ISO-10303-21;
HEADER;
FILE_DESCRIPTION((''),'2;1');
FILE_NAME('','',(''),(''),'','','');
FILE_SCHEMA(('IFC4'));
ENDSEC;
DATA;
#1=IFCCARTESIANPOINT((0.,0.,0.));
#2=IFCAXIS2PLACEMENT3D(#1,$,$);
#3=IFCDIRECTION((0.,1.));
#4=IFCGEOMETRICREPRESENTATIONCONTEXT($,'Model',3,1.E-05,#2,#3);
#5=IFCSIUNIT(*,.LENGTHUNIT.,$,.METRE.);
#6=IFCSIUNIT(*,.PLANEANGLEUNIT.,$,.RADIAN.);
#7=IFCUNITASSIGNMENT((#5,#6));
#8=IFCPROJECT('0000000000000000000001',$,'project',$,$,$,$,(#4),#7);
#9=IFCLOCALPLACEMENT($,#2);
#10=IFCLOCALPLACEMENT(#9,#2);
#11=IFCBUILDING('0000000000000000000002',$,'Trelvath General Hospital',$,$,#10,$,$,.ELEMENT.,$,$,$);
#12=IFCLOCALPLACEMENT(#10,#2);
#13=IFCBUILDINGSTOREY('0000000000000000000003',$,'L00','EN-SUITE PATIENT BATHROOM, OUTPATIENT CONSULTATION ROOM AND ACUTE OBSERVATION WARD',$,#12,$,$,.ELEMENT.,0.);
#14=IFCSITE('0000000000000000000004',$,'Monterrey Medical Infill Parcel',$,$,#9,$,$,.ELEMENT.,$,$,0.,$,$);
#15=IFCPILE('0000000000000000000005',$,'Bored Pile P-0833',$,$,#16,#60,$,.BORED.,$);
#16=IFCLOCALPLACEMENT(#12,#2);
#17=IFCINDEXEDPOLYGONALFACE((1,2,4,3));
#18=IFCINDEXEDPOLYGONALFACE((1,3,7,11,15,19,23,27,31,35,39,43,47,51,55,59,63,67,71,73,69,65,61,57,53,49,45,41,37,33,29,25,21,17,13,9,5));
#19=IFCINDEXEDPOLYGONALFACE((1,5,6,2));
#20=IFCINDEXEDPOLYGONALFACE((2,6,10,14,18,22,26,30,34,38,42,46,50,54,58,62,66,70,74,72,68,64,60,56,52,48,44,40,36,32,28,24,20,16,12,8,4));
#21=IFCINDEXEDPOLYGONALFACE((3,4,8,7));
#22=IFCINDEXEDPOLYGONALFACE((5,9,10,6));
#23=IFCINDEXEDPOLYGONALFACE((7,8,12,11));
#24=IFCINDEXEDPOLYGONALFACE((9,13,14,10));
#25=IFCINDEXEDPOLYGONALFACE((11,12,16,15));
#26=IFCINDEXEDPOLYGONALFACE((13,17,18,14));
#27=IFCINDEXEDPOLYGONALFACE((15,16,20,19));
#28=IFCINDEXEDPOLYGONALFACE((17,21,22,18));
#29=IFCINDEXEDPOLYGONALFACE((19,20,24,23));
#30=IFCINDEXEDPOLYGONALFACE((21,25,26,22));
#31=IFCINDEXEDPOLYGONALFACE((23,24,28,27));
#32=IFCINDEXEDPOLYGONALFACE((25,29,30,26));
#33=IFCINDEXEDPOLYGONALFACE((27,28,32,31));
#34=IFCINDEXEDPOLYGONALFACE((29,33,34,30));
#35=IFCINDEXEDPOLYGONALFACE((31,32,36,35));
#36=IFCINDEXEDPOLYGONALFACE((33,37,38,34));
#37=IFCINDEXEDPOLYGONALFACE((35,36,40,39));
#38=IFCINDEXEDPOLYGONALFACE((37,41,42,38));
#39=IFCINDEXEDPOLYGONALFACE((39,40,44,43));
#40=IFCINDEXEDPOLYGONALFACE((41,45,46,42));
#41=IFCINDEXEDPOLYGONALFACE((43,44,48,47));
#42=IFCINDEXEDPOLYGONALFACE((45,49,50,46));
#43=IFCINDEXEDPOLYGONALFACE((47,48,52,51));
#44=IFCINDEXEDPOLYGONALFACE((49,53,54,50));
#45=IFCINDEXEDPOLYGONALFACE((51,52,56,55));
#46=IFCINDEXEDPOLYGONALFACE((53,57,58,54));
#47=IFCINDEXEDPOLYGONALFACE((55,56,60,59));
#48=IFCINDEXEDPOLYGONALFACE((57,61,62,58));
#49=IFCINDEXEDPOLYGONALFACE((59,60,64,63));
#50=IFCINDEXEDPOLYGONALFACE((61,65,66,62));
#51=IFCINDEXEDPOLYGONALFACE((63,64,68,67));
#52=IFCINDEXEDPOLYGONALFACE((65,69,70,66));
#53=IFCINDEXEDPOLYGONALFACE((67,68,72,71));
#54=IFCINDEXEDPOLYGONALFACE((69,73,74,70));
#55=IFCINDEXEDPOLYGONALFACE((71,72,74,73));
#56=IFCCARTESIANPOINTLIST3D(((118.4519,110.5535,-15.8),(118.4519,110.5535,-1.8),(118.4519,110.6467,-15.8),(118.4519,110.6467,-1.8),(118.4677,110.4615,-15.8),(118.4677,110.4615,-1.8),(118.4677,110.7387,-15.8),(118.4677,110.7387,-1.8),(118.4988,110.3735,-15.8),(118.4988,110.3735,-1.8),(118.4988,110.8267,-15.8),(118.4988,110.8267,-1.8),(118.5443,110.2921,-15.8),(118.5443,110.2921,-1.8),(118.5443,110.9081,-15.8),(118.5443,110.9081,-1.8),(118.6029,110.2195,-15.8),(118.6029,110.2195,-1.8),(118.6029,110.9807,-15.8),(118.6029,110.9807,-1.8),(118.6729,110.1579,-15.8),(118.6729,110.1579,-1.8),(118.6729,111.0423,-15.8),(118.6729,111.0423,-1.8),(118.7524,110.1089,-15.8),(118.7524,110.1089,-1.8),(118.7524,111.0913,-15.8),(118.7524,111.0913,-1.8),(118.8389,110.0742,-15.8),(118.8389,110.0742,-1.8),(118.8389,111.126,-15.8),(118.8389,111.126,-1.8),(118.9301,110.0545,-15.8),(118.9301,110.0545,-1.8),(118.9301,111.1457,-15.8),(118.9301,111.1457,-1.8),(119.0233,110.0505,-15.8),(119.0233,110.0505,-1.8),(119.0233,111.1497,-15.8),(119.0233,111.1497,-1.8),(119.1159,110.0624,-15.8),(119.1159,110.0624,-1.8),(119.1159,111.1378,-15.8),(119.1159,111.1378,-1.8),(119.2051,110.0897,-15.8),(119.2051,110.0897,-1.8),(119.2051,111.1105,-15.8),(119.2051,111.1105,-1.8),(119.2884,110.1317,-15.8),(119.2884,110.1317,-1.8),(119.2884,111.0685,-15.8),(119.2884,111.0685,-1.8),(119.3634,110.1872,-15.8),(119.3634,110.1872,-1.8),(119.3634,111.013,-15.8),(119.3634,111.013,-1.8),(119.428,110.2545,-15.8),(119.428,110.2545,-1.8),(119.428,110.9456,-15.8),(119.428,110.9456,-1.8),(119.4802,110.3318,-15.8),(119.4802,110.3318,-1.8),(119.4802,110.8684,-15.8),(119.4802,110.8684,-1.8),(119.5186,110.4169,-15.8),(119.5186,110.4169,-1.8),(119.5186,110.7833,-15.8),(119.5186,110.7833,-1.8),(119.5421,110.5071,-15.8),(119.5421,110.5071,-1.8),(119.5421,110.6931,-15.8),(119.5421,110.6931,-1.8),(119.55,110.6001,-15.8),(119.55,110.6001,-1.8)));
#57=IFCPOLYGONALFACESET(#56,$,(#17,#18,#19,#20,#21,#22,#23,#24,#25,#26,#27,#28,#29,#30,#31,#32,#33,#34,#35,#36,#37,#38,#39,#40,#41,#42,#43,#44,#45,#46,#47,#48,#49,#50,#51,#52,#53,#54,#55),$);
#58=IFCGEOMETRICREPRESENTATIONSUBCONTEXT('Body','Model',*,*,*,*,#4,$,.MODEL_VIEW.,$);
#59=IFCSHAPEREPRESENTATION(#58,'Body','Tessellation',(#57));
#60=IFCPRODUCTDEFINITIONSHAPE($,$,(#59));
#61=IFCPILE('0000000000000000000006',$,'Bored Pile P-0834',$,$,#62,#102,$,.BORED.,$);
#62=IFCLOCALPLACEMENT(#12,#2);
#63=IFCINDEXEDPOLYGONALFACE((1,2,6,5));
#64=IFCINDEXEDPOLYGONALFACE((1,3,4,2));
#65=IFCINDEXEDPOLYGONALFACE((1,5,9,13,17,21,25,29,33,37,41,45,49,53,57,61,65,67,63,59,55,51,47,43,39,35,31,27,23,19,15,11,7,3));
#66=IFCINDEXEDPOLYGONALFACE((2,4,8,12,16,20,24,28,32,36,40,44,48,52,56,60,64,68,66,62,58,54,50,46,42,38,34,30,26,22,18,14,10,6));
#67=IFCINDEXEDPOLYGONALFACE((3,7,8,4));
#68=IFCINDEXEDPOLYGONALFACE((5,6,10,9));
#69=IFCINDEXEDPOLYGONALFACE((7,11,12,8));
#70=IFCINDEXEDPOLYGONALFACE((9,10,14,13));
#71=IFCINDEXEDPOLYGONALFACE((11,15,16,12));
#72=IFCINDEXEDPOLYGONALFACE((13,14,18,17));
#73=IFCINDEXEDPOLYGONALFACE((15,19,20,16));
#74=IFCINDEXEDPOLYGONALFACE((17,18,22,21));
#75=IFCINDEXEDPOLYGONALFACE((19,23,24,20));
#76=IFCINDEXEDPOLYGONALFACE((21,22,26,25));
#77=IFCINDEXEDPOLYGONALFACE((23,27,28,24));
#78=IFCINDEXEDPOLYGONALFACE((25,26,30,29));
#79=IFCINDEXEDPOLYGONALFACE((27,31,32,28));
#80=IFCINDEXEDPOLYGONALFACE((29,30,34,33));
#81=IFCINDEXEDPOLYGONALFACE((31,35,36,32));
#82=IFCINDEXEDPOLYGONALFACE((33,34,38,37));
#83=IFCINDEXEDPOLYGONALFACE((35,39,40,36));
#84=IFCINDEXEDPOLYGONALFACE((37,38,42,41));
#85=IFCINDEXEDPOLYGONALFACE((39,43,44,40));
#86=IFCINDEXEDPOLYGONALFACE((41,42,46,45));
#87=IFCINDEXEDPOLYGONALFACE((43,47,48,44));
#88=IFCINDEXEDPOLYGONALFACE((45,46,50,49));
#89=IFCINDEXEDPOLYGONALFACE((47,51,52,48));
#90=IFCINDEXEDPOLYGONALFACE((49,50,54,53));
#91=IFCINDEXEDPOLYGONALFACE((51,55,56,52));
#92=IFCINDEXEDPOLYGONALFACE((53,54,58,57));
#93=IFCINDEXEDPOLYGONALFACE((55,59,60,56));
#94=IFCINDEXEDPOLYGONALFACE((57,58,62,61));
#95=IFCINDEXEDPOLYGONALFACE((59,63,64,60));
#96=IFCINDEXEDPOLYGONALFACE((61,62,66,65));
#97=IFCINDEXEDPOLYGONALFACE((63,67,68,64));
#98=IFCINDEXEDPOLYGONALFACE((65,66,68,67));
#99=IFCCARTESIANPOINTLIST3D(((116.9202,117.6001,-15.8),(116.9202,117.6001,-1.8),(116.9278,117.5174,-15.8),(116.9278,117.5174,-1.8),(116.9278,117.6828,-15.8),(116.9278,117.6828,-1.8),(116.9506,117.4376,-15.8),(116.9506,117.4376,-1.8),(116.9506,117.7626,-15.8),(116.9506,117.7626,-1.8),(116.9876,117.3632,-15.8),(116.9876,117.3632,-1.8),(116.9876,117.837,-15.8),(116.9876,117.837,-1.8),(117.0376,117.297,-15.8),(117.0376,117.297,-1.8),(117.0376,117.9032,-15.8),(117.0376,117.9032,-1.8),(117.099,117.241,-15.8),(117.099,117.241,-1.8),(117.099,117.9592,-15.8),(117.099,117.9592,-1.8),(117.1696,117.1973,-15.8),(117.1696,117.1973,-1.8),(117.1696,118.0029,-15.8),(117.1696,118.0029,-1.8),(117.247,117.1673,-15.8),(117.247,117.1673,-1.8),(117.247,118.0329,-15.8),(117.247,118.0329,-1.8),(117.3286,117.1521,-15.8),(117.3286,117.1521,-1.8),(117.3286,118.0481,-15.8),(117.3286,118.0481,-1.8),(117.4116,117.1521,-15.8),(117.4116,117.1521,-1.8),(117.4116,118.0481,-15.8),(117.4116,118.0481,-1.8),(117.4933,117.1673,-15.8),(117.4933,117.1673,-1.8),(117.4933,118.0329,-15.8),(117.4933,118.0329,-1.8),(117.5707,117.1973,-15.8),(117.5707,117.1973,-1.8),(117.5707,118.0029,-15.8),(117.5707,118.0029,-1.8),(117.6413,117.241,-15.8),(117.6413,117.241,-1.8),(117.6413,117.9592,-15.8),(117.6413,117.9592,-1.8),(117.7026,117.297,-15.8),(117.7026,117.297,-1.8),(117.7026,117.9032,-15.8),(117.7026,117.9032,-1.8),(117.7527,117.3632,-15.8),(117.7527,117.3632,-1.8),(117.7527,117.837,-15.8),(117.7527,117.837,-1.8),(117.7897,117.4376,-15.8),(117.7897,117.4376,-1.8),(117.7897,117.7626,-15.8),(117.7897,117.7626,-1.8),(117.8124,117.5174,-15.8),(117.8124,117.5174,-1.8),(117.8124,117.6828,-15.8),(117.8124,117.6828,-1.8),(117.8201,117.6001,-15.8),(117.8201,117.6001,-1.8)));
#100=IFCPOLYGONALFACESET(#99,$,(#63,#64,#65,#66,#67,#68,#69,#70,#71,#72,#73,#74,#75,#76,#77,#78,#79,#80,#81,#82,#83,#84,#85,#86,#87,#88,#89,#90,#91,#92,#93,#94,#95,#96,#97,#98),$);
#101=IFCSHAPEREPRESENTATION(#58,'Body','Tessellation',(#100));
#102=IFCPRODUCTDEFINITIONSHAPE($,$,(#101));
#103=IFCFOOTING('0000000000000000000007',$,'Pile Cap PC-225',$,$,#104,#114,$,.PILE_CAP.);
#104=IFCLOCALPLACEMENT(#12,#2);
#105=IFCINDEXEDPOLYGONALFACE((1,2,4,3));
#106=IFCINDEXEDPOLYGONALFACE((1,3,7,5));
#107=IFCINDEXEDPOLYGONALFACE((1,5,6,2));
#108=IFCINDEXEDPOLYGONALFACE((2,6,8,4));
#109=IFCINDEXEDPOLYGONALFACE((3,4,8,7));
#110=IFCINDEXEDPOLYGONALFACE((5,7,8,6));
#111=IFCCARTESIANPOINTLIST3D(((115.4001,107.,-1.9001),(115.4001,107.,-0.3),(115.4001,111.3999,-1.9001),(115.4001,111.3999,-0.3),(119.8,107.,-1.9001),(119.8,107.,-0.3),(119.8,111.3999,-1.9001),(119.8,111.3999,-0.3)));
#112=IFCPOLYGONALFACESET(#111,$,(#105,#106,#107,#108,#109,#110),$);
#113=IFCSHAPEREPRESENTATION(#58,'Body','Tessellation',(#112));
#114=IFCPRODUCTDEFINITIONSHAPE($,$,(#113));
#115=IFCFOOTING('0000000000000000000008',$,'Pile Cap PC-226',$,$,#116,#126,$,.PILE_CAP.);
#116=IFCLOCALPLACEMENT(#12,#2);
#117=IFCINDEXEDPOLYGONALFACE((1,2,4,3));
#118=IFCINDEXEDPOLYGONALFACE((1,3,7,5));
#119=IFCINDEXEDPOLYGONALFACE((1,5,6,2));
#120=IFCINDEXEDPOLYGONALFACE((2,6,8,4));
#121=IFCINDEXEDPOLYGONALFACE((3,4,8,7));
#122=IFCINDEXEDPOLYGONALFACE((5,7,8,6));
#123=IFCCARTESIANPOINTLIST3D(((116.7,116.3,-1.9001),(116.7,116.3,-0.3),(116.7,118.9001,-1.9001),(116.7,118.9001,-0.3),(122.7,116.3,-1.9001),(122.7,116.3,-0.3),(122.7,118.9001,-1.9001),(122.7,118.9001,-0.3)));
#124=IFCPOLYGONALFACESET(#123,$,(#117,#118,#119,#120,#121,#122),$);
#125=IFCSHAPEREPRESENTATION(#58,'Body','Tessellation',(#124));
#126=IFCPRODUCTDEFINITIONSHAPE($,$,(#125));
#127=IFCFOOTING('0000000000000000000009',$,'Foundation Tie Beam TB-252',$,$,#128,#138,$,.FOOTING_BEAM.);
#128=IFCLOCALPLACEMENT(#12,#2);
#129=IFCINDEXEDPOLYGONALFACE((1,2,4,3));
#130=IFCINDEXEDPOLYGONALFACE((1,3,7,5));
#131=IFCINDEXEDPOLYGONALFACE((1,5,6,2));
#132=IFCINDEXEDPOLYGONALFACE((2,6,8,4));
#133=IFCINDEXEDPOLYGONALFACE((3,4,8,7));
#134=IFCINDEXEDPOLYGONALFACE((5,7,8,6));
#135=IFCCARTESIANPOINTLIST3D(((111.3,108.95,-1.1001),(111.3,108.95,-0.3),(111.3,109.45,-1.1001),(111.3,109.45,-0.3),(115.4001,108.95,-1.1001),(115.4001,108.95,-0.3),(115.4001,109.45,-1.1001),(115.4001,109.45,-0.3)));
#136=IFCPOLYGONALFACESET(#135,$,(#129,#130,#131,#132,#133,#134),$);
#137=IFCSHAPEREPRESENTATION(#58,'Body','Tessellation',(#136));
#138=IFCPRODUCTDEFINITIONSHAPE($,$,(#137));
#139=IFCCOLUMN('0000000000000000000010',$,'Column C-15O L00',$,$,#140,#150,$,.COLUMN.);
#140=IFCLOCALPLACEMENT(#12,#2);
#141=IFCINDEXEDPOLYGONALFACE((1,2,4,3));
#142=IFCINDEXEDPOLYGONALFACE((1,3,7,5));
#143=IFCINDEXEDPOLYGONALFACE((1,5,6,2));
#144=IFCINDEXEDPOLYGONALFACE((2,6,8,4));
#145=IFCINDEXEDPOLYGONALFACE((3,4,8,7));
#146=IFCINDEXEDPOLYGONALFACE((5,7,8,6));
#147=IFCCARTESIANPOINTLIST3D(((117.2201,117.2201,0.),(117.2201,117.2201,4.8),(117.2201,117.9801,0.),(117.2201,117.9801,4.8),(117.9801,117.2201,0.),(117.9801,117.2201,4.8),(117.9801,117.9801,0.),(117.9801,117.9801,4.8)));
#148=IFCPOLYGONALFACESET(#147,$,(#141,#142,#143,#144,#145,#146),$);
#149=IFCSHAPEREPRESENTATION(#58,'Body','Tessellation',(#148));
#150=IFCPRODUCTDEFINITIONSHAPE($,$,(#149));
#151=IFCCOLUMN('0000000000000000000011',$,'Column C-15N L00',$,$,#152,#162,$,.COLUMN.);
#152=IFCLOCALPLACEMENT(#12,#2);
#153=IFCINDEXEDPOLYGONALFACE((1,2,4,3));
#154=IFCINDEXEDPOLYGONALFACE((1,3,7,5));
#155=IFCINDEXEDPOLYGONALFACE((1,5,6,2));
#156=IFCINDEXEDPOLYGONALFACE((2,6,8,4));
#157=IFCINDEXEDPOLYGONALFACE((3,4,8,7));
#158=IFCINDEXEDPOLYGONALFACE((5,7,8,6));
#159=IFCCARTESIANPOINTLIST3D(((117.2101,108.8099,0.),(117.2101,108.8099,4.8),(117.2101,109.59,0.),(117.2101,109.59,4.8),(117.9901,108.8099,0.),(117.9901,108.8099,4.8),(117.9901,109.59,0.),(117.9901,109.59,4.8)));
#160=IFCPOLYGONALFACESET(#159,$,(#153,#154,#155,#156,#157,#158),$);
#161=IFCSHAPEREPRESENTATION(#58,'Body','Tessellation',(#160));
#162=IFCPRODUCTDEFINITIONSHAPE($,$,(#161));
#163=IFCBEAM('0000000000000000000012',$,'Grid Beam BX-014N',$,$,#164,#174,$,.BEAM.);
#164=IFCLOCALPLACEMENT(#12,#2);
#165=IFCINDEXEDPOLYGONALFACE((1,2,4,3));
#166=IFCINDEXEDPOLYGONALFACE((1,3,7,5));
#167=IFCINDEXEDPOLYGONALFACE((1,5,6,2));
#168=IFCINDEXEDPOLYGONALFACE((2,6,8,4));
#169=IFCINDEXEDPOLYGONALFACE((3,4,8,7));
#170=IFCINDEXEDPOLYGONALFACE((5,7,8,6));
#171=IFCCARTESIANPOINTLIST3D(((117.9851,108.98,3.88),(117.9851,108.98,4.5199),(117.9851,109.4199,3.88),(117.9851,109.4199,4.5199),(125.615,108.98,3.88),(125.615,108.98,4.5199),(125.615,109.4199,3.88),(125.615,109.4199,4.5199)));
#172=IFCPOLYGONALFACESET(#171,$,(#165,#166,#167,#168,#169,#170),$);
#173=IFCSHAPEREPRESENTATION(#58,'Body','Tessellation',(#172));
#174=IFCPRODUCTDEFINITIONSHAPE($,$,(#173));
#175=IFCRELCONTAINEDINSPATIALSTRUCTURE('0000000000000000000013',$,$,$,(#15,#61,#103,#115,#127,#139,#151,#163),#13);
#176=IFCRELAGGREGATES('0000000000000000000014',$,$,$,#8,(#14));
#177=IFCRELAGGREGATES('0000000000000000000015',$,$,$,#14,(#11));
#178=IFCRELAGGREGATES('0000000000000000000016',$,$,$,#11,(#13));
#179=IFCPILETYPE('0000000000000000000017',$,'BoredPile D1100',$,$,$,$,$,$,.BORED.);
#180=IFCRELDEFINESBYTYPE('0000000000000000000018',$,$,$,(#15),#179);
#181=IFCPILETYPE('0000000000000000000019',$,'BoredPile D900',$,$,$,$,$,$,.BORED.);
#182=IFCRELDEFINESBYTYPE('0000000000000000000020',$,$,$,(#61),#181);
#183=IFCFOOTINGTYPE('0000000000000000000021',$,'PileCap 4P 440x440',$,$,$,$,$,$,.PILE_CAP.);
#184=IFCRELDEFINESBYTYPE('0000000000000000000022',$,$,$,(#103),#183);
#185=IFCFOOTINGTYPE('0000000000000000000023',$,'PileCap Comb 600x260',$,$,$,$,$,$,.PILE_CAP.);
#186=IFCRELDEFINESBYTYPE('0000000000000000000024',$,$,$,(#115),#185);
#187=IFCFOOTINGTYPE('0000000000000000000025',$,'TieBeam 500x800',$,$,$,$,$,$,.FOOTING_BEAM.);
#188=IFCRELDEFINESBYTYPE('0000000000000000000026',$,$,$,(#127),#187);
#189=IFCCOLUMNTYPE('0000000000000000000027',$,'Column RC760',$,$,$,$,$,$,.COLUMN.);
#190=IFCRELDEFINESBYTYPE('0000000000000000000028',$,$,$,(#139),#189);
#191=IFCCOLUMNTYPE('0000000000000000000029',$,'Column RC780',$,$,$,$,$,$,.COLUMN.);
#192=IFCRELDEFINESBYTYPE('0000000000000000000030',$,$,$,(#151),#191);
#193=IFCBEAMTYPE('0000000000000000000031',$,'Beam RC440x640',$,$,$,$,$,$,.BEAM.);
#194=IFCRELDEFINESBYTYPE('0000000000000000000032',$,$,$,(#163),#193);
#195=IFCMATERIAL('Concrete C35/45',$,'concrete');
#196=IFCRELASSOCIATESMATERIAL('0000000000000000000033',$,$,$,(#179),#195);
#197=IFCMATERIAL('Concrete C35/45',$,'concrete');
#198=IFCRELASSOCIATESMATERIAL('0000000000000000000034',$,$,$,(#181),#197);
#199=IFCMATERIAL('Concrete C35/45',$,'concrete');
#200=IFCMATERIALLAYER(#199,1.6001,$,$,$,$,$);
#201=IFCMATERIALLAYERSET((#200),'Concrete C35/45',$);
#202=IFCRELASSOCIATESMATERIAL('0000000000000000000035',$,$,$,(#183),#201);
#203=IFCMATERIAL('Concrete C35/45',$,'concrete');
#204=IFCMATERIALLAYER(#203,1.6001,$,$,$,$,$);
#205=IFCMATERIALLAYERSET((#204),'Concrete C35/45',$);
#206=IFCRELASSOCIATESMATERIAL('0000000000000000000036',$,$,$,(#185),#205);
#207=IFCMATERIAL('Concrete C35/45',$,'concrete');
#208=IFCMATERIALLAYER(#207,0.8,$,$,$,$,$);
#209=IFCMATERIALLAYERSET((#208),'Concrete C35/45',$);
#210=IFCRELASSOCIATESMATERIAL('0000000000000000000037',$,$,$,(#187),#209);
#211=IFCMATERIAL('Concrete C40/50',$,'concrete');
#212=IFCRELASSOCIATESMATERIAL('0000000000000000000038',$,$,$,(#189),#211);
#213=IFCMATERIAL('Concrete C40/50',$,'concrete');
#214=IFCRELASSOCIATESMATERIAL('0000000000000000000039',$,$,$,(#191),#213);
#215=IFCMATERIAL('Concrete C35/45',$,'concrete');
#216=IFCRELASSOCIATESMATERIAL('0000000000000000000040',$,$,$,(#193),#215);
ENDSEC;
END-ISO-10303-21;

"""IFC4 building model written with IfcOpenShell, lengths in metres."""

from ifc_helpers import new_model, si_unit, direction, frame, origin, origin_2d, place, context, subcontext, project, spatial, rectangle, circle, extrude, material, layer, layer_set, material_profile, profile_set, type_object, element, save


model = new_model("IFC4")

# Units and contexts
model_context = context("Model", 3, precision=1e-05, world=origin(), true_north=direction((0.0, 1.0)))
body_context = subcontext(model_context, "Body", "Model", "MODEL_VIEW")
ifc_project = project(units=[si_unit("LENGTHUNIT", "METRE"), si_unit("PLANEANGLEUNIT", "RADIAN")], contexts=[model_context])

# Site, building, storey
site_placement = place(None, origin())
site = spatial("IfcSite", under=ifc_project, at=site_placement, Name="Monterrey Medical Infill Parcel", CompositionType="ELEMENT", RefElevation=0.0)
building_placement = place(site_placement, origin())
building = spatial("IfcBuilding", under=site, at=building_placement, Name="Trelvath General Hospital", CompositionType="ELEMENT")
storey_placement = place(building_placement, origin())
storey = spatial("IfcBuildingStorey", under=building, at=storey_placement, Name="L00", Description="EN-SUITE PATIENT BATHROOM, OUTPATIENT CONSULTATION ROOM AND ACUTE OBSERVATION WARD", CompositionType="ELEMENT", Elevation=0.0)

# Piles
ifc_material_1 = material(Name="Concrete C35/45", Category="concrete")
ifc_material_profile_1 = material_profile(ifc_material_1, circle(Radius=0.55, at=origin_2d()), Name="PILE1100")
ifc_profile_set_1 = profile_set([ifc_material_profile_1], Name="Concrete C35/45")
pile_type_1 = type_object("IfcPileType", Name="BoredPile D1100", PredefinedType="BORED", material=ifc_profile_set_1)
for number, where, z_axis, x_axis, name in (
    (1, (119.0, 110.6001, -1.8), (0.0, 0.0, -1.0), (1.0, 0.0, 0.0), "Bored Pile P-0833"),
):
    element("IfcPile", number, at=place(storey_placement, frame(where, z_axis=z_axis, x_axis=x_axis)), inside=storey, type_object=pile_type_1, Name=name, PredefinedType="BORED", context=body_context, shape_type="SweptSolid", body=[
        extrude(circle(Radius=0.55, at=origin_2d()), origin(), (0.0, 0.0, 1.0), 14.0),
    ])
ifc_material_2 = material(Name="Concrete C35/45", Category="concrete")
ifc_material_profile_2 = material_profile(ifc_material_2, circle(Radius=0.45, at=origin_2d()), Name="PILE900")
ifc_profile_set_2 = profile_set([ifc_material_profile_2], Name="Concrete C35/45")
pile_type_2 = type_object("IfcPileType", Name="BoredPile D900", PredefinedType="BORED", material=ifc_profile_set_2)
pile_1_placement = place(storey_placement, frame((117.3701, 117.6001, -1.8), z_axis=(0.0, 0.0, -1.0), x_axis=(1.0, 0.0, 0.0)))
element("IfcPile", 2, at=pile_1_placement, inside=storey, type_object=pile_type_2, Name="Bored Pile P-0834", PredefinedType="BORED", context=body_context, shape_type="SweptSolid", body=[
    extrude(circle(Radius=0.45, at=origin_2d()), origin(), (0.0, 0.0, 1.0), 14.0),
])

# Footings
ifc_material_3 = material(Name="Concrete C35/45", Category="concrete")
ifc_layer_1 = layer(ifc_material_3, 1.6001)
ifc_layer_set_1 = layer_set([ifc_layer_1], Name="Concrete C35/45")
footing_type_1 = type_object("IfcFootingType", Name="PileCap 4P 440x440", PredefinedType="PILE_CAP", material=ifc_layer_set_1)
footing_1_placement = place(storey_placement, frame((117.6001, 109.2, -1.9001), z_axis=(0.0, 0.0, 1.0), x_axis=(1.0, 0.0, 0.0)))
element("IfcFooting", 3, at=footing_1_placement, inside=storey, type_object=footing_type_1, Name="Pile Cap PC-225", PredefinedType="PILE_CAP", context=body_context, shape_type="SweptSolid", body=[
    extrude(rectangle(XDim=4.3999, YDim=4.3999, at=origin_2d()), origin(), (0.0, 0.0, 1.0), 1.6001),
])
ifc_material_4 = material(Name="Concrete C35/45", Category="concrete")
ifc_layer_2 = layer(ifc_material_4, 1.6001)
ifc_layer_set_2 = layer_set([ifc_layer_2], Name="Concrete C35/45")
footing_type_2 = type_object("IfcFootingType", Name="PileCap Comb 600x260", PredefinedType="PILE_CAP", material=ifc_layer_set_2)
footing_2_placement = place(storey_placement, frame((119.7, 117.6001, -1.9001), z_axis=(0.0, 0.0, 1.0), x_axis=(1.0, 0.0, 0.0)))
element("IfcFooting", 4, at=footing_2_placement, inside=storey, type_object=footing_type_2, Name="Pile Cap PC-226", PredefinedType="PILE_CAP", context=body_context, shape_type="SweptSolid", body=[
    extrude(rectangle(XDim=6.0, YDim=2.6001, at=origin_2d()), origin(), (0.0, 0.0, 1.0), 1.6001),
])
ifc_material_5 = material(Name="Concrete C35/45", Category="concrete")
ifc_layer_3 = layer(ifc_material_5, 0.8)
ifc_layer_set_3 = layer_set([ifc_layer_3], Name="Concrete C35/45")
footing_type_3 = type_object("IfcFootingType", Name="TieBeam 500x800", PredefinedType="FOOTING_BEAM", material=ifc_layer_set_3)
footing_3_placement = place(storey_placement, frame((113.3501, 109.2, -1.1001), z_axis=(0.0, 0.0, 1.0), x_axis=(1.0, 0.0, 0.0)))
element("IfcFooting", 5, at=footing_3_placement, inside=storey, type_object=footing_type_3, Name="Foundation Tie Beam TB-252", PredefinedType="FOOTING_BEAM", context=body_context, shape_type="SweptSolid", body=[
    extrude(rectangle(XDim=4.1001, YDim=0.5, at=origin_2d()), origin(), (0.0, 0.0, 1.0), 0.8),
])

# Columns
ifc_material_6 = material(Name="Concrete C40/50", Category="concrete")
ifc_material_profile_3 = material_profile(ifc_material_6, rectangle(XDim=0.76, YDim=0.76, at=origin_2d()), Name="RC760x760")
ifc_profile_set_3 = profile_set([ifc_material_profile_3], Name="Concrete C40/50")
column_type_1 = type_object("IfcColumnType", Name="Column RC760", PredefinedType="COLUMN", material=ifc_profile_set_3)
column_1_placement = place(storey_placement, frame((117.6001, 117.6001, 0.0), z_axis=(0.0, 0.0, 1.0), x_axis=(1.0, 0.0, 0.0)))
element("IfcColumn", 6, at=column_1_placement, inside=storey, type_object=column_type_1, Name="Column C-15O L00", PredefinedType="COLUMN", context=body_context, shape_type="SweptSolid", body=[
    extrude(rectangle(XDim=0.76, YDim=0.76, at=origin_2d()), origin(), (0.0, 0.0, 1.0), 4.8),
])
ifc_material_7 = material(Name="Concrete C40/50", Category="concrete")
ifc_material_profile_4 = material_profile(ifc_material_7, rectangle(XDim=0.78, YDim=0.78, at=origin_2d()), Name="RC780x780")
ifc_profile_set_4 = profile_set([ifc_material_profile_4], Name="Concrete C40/50")
column_type_2 = type_object("IfcColumnType", Name="Column RC780", PredefinedType="COLUMN", material=ifc_profile_set_4)
column_2_placement = place(storey_placement, frame((117.6001, 109.2, 0.0), z_axis=(0.0, 0.0, 1.0), x_axis=(1.0, 0.0, 0.0)))
element("IfcColumn", 7, at=column_2_placement, inside=storey, type_object=column_type_2, Name="Column C-15N L00", PredefinedType="COLUMN", context=body_context, shape_type="SweptSolid", body=[
    extrude(rectangle(XDim=0.78, YDim=0.78, at=origin_2d()), origin(), (0.0, 0.0, 1.0), 4.8),
])

# Beam
ifc_material_8 = material(Name="Concrete C35/45", Category="concrete")
ifc_material_profile_5 = material_profile(ifc_material_8, rectangle(XDim=0.4399, YDim=0.6399, at=origin_2d()), Name="RCB440x640")
ifc_profile_set_5 = profile_set([ifc_material_profile_5], Name="Concrete C35/45")
beam_type_1 = type_object("IfcBeamType", Name="Beam RC440x640", PredefinedType="BEAM", material=ifc_profile_set_5)
beam_1_placement = place(storey_placement, frame((117.9851, 109.2, 4.2), z_axis=(1.0, 0.0, 0.0), x_axis=(0.0, 1.0, 0.0)))
element("IfcBeam", 8, at=beam_1_placement, inside=storey, type_object=beam_type_1, Name="Grid Beam BX-014N", PredefinedType="BEAM", context=body_context, shape_type="SweptSolid", body=[
    extrude(rectangle(XDim=0.4399, YDim=0.6399, at=origin_2d()), origin(), (0.0, 0.0, 1.0), 7.6299),
])

save(model, "model.ifc")
